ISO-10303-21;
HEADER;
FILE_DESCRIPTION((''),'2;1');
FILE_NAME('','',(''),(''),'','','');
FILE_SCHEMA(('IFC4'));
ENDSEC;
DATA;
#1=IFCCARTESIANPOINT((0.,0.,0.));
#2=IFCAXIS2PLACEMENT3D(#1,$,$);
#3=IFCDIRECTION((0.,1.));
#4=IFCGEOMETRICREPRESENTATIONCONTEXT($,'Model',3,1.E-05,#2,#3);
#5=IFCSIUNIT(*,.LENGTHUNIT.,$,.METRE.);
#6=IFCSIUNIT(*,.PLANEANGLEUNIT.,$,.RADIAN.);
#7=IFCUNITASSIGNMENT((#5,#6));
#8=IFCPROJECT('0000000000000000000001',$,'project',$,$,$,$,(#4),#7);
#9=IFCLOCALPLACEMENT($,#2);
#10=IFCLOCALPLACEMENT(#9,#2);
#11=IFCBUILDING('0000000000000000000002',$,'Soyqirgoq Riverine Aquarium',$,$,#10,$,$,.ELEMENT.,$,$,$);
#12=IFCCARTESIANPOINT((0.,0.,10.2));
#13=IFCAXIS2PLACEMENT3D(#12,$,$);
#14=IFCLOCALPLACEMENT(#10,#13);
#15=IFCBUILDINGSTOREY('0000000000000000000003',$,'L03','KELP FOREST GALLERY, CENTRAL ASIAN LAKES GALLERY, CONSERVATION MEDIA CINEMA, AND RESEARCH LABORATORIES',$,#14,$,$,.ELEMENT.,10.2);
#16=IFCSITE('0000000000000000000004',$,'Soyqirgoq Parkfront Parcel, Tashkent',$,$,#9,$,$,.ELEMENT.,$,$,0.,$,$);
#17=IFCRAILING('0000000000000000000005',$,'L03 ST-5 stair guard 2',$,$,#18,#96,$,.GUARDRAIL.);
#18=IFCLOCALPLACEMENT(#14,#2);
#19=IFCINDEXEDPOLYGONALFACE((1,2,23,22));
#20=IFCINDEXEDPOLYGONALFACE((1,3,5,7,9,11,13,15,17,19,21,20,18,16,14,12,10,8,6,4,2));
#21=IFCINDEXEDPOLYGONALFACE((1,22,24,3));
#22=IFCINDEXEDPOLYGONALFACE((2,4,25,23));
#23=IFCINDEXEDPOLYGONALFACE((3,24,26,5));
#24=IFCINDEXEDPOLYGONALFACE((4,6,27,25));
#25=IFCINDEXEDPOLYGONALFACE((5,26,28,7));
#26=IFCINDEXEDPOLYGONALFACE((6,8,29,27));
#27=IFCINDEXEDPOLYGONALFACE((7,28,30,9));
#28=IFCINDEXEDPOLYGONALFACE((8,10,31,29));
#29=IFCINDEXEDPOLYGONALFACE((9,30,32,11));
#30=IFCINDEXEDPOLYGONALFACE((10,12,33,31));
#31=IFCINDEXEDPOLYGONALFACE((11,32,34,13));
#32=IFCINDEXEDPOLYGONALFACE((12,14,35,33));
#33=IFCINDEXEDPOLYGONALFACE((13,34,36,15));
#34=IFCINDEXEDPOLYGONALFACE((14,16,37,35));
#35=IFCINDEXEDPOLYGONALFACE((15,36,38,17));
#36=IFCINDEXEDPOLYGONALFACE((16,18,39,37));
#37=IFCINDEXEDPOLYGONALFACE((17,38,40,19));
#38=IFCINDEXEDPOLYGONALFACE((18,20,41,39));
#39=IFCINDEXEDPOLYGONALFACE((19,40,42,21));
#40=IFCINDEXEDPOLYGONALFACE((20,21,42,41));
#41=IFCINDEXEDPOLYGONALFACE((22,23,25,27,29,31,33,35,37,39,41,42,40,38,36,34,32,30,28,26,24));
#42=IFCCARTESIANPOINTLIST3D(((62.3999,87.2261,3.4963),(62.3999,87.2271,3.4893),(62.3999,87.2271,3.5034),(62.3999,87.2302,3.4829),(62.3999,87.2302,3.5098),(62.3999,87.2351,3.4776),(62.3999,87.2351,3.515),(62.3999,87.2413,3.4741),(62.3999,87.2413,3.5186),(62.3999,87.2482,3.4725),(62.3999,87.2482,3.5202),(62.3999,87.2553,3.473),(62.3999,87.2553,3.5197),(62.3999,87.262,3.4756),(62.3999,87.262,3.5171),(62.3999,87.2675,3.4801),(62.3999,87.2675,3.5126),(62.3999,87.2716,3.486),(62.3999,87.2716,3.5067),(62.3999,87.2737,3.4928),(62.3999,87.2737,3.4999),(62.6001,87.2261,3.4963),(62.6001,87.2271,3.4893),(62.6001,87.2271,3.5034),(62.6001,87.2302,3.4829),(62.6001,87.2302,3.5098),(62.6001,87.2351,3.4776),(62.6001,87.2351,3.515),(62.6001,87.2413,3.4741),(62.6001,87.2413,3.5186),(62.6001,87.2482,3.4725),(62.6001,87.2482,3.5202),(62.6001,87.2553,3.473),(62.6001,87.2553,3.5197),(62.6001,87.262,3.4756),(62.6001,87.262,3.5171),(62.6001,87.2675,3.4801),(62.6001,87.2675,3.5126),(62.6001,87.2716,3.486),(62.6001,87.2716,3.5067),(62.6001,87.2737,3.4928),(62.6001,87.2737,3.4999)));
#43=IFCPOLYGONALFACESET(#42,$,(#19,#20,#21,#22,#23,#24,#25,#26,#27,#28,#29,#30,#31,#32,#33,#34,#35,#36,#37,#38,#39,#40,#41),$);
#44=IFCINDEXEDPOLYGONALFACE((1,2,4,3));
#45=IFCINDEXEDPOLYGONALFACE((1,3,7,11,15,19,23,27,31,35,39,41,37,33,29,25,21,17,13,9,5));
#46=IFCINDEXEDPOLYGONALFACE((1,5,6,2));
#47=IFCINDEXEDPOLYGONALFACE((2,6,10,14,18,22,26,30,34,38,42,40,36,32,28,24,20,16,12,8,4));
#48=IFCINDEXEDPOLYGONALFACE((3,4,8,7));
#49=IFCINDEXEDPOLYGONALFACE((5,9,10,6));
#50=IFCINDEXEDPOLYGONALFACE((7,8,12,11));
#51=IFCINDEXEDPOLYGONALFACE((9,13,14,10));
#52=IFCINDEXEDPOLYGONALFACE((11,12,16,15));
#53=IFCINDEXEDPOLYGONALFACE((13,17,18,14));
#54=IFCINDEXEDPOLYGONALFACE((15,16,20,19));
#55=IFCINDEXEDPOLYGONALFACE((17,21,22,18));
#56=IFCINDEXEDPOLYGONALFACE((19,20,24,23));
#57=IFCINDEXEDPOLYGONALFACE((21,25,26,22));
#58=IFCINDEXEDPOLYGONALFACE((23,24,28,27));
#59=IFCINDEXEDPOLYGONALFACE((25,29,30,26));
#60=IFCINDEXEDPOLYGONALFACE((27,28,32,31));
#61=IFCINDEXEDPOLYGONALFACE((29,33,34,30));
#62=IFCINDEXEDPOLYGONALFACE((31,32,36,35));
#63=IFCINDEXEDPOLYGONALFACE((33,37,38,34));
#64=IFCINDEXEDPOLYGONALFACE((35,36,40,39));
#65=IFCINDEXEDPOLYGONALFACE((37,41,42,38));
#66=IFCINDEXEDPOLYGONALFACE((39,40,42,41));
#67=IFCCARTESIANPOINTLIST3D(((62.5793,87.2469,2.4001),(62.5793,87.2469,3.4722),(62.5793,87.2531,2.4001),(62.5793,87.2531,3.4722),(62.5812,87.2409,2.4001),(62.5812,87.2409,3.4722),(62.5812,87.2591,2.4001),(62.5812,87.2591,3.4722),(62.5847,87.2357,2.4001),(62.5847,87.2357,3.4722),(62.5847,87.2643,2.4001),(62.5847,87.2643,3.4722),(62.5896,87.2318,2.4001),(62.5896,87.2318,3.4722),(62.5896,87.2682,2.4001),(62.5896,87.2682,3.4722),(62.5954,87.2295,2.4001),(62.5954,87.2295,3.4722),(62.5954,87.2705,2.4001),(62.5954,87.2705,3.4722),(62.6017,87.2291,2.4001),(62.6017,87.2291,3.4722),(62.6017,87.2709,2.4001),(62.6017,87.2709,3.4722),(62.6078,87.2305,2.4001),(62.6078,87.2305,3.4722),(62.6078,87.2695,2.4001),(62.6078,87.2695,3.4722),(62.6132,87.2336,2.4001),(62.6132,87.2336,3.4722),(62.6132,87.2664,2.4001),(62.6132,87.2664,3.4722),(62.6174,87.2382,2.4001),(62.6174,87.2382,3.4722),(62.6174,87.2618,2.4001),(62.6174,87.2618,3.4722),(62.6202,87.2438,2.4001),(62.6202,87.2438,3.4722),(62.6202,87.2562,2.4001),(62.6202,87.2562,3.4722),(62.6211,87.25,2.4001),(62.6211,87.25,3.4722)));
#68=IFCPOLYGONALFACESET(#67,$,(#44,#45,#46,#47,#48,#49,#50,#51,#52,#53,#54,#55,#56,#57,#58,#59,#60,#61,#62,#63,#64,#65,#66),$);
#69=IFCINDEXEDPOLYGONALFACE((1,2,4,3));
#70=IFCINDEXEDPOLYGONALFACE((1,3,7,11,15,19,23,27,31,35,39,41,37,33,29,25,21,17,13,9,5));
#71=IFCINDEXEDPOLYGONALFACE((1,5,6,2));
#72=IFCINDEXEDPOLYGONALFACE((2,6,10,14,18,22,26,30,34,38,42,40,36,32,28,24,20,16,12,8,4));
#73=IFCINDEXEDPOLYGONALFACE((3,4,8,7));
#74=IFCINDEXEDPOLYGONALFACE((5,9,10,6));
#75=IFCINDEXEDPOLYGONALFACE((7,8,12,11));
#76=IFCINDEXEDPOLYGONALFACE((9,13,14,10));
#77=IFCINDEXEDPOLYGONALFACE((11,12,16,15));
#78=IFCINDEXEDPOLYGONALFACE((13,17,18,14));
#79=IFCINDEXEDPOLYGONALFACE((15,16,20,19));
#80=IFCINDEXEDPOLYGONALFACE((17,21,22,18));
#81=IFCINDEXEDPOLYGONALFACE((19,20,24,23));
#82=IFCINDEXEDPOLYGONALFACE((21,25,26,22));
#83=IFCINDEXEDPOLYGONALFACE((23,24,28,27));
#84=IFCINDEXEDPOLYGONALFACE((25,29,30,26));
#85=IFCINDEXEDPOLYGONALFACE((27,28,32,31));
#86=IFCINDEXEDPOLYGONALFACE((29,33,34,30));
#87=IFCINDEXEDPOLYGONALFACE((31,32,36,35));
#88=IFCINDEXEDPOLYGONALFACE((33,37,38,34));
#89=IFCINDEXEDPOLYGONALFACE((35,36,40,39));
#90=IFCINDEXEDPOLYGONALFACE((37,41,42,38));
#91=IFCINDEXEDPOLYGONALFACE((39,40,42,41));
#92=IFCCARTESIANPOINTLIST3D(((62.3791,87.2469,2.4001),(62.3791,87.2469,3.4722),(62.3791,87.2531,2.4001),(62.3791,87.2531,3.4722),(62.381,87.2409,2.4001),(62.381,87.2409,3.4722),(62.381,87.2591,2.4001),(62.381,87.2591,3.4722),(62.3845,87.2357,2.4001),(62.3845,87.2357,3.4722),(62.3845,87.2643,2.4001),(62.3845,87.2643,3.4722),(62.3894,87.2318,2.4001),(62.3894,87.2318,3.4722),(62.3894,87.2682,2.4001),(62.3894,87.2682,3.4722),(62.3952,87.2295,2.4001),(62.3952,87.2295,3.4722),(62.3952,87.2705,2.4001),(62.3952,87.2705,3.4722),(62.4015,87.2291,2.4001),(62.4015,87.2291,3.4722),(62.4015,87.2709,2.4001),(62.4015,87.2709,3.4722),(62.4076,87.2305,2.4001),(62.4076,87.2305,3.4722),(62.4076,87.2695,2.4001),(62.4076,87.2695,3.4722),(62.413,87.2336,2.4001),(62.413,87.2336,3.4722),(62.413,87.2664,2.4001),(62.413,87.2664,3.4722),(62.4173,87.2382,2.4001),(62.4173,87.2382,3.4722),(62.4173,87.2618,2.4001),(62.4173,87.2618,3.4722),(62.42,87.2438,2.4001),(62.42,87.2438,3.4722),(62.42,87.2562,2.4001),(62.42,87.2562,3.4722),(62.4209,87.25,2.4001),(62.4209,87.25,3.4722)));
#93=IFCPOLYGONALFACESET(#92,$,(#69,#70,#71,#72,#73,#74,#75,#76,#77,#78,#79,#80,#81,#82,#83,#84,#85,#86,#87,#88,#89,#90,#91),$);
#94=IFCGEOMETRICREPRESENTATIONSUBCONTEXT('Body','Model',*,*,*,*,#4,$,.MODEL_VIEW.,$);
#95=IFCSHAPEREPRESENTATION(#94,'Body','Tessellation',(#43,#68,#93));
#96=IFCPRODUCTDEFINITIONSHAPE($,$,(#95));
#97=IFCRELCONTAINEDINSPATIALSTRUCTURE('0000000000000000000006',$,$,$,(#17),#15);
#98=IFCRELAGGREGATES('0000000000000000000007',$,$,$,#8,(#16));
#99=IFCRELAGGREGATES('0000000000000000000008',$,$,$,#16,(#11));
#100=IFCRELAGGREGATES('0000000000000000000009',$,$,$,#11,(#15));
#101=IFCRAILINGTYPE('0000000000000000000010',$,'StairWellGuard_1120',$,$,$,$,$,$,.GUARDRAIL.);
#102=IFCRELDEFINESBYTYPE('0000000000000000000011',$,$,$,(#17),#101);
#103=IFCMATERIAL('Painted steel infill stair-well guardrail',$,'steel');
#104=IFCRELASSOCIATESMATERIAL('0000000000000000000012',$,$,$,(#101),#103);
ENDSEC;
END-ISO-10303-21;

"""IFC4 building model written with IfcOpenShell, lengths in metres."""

from ifc_helpers import new_model, si_unit, direction, frame, origin, origin_2d, place, context, subcontext, project, spatial, circle, extrude, material, type_object, element, save


model = new_model("IFC4")

# Units and contexts
model_context = context("Model", 3, precision=1e-05, world=origin(), true_north=direction((0.0, 1.0)))
body_context = subcontext(model_context, "Body", "Model", "MODEL_VIEW")
ifc_project = project(units=[si_unit("LENGTHUNIT", "METRE"), si_unit("PLANEANGLEUNIT", "RADIAN")], contexts=[model_context])

# Site, building, storey
site_placement = place(None, origin())
site = spatial("IfcSite", under=ifc_project, at=site_placement, Name="Soyqirgoq Parkfront Parcel, Tashkent", CompositionType="ELEMENT", RefElevation=0.0)
building_placement = place(site_placement, origin())
building = spatial("IfcBuilding", under=site, at=building_placement, Name="Soyqirgoq Riverine Aquarium", CompositionType="ELEMENT")
storey_placement = place(building_placement, frame((0.0, 0.0, 10.2)))
storey = spatial("IfcBuildingStorey", under=building, at=storey_placement, Name="L03", Description="KELP FOREST GALLERY, CENTRAL ASIAN LAKES GALLERY, CONSERVATION MEDIA CINEMA, AND RESEARCH LABORATORIES", CompositionType="ELEMENT", Elevation=10.2)

# Railing
ifc_material_1 = material(Name="Painted steel infill stair-well guardrail", Category="steel")
railing_type_1 = type_object("IfcRailingType", Name="StairWellGuard_1120", PredefinedType="GUARDRAIL", material=ifc_material_1)
railing_1_placement = place(storey_placement, frame((62.6001, 87.25, 2.4001)))
element("IfcRailing", 1, at=railing_1_placement, inside=storey, type_object=railing_type_1, Name="L03 ST-5 stair guard 2", PredefinedType="GUARDRAIL", context=body_context, shape_type="SweptSolid", body=[
    extrude(circle(Radius=0.0239, at=origin_2d()), frame((0.0, 0.0, 1.0962), z_axis=(-1.0, 0.0, 0.0), x_axis=(0.0, -1.0, 0.0)), (0.0, 0.0, 1.0), 0.2002),
    extrude(circle(Radius=0.021, at=origin_2d()), origin(), (0.0, 0.0, 1.0), 1.072),
    extrude(circle(Radius=0.021, at=origin_2d()), frame((-0.2002, 0.0, 0.0)), (0.0, 0.0, 1.0), 1.072),
])

save(model, "model.ifc")
